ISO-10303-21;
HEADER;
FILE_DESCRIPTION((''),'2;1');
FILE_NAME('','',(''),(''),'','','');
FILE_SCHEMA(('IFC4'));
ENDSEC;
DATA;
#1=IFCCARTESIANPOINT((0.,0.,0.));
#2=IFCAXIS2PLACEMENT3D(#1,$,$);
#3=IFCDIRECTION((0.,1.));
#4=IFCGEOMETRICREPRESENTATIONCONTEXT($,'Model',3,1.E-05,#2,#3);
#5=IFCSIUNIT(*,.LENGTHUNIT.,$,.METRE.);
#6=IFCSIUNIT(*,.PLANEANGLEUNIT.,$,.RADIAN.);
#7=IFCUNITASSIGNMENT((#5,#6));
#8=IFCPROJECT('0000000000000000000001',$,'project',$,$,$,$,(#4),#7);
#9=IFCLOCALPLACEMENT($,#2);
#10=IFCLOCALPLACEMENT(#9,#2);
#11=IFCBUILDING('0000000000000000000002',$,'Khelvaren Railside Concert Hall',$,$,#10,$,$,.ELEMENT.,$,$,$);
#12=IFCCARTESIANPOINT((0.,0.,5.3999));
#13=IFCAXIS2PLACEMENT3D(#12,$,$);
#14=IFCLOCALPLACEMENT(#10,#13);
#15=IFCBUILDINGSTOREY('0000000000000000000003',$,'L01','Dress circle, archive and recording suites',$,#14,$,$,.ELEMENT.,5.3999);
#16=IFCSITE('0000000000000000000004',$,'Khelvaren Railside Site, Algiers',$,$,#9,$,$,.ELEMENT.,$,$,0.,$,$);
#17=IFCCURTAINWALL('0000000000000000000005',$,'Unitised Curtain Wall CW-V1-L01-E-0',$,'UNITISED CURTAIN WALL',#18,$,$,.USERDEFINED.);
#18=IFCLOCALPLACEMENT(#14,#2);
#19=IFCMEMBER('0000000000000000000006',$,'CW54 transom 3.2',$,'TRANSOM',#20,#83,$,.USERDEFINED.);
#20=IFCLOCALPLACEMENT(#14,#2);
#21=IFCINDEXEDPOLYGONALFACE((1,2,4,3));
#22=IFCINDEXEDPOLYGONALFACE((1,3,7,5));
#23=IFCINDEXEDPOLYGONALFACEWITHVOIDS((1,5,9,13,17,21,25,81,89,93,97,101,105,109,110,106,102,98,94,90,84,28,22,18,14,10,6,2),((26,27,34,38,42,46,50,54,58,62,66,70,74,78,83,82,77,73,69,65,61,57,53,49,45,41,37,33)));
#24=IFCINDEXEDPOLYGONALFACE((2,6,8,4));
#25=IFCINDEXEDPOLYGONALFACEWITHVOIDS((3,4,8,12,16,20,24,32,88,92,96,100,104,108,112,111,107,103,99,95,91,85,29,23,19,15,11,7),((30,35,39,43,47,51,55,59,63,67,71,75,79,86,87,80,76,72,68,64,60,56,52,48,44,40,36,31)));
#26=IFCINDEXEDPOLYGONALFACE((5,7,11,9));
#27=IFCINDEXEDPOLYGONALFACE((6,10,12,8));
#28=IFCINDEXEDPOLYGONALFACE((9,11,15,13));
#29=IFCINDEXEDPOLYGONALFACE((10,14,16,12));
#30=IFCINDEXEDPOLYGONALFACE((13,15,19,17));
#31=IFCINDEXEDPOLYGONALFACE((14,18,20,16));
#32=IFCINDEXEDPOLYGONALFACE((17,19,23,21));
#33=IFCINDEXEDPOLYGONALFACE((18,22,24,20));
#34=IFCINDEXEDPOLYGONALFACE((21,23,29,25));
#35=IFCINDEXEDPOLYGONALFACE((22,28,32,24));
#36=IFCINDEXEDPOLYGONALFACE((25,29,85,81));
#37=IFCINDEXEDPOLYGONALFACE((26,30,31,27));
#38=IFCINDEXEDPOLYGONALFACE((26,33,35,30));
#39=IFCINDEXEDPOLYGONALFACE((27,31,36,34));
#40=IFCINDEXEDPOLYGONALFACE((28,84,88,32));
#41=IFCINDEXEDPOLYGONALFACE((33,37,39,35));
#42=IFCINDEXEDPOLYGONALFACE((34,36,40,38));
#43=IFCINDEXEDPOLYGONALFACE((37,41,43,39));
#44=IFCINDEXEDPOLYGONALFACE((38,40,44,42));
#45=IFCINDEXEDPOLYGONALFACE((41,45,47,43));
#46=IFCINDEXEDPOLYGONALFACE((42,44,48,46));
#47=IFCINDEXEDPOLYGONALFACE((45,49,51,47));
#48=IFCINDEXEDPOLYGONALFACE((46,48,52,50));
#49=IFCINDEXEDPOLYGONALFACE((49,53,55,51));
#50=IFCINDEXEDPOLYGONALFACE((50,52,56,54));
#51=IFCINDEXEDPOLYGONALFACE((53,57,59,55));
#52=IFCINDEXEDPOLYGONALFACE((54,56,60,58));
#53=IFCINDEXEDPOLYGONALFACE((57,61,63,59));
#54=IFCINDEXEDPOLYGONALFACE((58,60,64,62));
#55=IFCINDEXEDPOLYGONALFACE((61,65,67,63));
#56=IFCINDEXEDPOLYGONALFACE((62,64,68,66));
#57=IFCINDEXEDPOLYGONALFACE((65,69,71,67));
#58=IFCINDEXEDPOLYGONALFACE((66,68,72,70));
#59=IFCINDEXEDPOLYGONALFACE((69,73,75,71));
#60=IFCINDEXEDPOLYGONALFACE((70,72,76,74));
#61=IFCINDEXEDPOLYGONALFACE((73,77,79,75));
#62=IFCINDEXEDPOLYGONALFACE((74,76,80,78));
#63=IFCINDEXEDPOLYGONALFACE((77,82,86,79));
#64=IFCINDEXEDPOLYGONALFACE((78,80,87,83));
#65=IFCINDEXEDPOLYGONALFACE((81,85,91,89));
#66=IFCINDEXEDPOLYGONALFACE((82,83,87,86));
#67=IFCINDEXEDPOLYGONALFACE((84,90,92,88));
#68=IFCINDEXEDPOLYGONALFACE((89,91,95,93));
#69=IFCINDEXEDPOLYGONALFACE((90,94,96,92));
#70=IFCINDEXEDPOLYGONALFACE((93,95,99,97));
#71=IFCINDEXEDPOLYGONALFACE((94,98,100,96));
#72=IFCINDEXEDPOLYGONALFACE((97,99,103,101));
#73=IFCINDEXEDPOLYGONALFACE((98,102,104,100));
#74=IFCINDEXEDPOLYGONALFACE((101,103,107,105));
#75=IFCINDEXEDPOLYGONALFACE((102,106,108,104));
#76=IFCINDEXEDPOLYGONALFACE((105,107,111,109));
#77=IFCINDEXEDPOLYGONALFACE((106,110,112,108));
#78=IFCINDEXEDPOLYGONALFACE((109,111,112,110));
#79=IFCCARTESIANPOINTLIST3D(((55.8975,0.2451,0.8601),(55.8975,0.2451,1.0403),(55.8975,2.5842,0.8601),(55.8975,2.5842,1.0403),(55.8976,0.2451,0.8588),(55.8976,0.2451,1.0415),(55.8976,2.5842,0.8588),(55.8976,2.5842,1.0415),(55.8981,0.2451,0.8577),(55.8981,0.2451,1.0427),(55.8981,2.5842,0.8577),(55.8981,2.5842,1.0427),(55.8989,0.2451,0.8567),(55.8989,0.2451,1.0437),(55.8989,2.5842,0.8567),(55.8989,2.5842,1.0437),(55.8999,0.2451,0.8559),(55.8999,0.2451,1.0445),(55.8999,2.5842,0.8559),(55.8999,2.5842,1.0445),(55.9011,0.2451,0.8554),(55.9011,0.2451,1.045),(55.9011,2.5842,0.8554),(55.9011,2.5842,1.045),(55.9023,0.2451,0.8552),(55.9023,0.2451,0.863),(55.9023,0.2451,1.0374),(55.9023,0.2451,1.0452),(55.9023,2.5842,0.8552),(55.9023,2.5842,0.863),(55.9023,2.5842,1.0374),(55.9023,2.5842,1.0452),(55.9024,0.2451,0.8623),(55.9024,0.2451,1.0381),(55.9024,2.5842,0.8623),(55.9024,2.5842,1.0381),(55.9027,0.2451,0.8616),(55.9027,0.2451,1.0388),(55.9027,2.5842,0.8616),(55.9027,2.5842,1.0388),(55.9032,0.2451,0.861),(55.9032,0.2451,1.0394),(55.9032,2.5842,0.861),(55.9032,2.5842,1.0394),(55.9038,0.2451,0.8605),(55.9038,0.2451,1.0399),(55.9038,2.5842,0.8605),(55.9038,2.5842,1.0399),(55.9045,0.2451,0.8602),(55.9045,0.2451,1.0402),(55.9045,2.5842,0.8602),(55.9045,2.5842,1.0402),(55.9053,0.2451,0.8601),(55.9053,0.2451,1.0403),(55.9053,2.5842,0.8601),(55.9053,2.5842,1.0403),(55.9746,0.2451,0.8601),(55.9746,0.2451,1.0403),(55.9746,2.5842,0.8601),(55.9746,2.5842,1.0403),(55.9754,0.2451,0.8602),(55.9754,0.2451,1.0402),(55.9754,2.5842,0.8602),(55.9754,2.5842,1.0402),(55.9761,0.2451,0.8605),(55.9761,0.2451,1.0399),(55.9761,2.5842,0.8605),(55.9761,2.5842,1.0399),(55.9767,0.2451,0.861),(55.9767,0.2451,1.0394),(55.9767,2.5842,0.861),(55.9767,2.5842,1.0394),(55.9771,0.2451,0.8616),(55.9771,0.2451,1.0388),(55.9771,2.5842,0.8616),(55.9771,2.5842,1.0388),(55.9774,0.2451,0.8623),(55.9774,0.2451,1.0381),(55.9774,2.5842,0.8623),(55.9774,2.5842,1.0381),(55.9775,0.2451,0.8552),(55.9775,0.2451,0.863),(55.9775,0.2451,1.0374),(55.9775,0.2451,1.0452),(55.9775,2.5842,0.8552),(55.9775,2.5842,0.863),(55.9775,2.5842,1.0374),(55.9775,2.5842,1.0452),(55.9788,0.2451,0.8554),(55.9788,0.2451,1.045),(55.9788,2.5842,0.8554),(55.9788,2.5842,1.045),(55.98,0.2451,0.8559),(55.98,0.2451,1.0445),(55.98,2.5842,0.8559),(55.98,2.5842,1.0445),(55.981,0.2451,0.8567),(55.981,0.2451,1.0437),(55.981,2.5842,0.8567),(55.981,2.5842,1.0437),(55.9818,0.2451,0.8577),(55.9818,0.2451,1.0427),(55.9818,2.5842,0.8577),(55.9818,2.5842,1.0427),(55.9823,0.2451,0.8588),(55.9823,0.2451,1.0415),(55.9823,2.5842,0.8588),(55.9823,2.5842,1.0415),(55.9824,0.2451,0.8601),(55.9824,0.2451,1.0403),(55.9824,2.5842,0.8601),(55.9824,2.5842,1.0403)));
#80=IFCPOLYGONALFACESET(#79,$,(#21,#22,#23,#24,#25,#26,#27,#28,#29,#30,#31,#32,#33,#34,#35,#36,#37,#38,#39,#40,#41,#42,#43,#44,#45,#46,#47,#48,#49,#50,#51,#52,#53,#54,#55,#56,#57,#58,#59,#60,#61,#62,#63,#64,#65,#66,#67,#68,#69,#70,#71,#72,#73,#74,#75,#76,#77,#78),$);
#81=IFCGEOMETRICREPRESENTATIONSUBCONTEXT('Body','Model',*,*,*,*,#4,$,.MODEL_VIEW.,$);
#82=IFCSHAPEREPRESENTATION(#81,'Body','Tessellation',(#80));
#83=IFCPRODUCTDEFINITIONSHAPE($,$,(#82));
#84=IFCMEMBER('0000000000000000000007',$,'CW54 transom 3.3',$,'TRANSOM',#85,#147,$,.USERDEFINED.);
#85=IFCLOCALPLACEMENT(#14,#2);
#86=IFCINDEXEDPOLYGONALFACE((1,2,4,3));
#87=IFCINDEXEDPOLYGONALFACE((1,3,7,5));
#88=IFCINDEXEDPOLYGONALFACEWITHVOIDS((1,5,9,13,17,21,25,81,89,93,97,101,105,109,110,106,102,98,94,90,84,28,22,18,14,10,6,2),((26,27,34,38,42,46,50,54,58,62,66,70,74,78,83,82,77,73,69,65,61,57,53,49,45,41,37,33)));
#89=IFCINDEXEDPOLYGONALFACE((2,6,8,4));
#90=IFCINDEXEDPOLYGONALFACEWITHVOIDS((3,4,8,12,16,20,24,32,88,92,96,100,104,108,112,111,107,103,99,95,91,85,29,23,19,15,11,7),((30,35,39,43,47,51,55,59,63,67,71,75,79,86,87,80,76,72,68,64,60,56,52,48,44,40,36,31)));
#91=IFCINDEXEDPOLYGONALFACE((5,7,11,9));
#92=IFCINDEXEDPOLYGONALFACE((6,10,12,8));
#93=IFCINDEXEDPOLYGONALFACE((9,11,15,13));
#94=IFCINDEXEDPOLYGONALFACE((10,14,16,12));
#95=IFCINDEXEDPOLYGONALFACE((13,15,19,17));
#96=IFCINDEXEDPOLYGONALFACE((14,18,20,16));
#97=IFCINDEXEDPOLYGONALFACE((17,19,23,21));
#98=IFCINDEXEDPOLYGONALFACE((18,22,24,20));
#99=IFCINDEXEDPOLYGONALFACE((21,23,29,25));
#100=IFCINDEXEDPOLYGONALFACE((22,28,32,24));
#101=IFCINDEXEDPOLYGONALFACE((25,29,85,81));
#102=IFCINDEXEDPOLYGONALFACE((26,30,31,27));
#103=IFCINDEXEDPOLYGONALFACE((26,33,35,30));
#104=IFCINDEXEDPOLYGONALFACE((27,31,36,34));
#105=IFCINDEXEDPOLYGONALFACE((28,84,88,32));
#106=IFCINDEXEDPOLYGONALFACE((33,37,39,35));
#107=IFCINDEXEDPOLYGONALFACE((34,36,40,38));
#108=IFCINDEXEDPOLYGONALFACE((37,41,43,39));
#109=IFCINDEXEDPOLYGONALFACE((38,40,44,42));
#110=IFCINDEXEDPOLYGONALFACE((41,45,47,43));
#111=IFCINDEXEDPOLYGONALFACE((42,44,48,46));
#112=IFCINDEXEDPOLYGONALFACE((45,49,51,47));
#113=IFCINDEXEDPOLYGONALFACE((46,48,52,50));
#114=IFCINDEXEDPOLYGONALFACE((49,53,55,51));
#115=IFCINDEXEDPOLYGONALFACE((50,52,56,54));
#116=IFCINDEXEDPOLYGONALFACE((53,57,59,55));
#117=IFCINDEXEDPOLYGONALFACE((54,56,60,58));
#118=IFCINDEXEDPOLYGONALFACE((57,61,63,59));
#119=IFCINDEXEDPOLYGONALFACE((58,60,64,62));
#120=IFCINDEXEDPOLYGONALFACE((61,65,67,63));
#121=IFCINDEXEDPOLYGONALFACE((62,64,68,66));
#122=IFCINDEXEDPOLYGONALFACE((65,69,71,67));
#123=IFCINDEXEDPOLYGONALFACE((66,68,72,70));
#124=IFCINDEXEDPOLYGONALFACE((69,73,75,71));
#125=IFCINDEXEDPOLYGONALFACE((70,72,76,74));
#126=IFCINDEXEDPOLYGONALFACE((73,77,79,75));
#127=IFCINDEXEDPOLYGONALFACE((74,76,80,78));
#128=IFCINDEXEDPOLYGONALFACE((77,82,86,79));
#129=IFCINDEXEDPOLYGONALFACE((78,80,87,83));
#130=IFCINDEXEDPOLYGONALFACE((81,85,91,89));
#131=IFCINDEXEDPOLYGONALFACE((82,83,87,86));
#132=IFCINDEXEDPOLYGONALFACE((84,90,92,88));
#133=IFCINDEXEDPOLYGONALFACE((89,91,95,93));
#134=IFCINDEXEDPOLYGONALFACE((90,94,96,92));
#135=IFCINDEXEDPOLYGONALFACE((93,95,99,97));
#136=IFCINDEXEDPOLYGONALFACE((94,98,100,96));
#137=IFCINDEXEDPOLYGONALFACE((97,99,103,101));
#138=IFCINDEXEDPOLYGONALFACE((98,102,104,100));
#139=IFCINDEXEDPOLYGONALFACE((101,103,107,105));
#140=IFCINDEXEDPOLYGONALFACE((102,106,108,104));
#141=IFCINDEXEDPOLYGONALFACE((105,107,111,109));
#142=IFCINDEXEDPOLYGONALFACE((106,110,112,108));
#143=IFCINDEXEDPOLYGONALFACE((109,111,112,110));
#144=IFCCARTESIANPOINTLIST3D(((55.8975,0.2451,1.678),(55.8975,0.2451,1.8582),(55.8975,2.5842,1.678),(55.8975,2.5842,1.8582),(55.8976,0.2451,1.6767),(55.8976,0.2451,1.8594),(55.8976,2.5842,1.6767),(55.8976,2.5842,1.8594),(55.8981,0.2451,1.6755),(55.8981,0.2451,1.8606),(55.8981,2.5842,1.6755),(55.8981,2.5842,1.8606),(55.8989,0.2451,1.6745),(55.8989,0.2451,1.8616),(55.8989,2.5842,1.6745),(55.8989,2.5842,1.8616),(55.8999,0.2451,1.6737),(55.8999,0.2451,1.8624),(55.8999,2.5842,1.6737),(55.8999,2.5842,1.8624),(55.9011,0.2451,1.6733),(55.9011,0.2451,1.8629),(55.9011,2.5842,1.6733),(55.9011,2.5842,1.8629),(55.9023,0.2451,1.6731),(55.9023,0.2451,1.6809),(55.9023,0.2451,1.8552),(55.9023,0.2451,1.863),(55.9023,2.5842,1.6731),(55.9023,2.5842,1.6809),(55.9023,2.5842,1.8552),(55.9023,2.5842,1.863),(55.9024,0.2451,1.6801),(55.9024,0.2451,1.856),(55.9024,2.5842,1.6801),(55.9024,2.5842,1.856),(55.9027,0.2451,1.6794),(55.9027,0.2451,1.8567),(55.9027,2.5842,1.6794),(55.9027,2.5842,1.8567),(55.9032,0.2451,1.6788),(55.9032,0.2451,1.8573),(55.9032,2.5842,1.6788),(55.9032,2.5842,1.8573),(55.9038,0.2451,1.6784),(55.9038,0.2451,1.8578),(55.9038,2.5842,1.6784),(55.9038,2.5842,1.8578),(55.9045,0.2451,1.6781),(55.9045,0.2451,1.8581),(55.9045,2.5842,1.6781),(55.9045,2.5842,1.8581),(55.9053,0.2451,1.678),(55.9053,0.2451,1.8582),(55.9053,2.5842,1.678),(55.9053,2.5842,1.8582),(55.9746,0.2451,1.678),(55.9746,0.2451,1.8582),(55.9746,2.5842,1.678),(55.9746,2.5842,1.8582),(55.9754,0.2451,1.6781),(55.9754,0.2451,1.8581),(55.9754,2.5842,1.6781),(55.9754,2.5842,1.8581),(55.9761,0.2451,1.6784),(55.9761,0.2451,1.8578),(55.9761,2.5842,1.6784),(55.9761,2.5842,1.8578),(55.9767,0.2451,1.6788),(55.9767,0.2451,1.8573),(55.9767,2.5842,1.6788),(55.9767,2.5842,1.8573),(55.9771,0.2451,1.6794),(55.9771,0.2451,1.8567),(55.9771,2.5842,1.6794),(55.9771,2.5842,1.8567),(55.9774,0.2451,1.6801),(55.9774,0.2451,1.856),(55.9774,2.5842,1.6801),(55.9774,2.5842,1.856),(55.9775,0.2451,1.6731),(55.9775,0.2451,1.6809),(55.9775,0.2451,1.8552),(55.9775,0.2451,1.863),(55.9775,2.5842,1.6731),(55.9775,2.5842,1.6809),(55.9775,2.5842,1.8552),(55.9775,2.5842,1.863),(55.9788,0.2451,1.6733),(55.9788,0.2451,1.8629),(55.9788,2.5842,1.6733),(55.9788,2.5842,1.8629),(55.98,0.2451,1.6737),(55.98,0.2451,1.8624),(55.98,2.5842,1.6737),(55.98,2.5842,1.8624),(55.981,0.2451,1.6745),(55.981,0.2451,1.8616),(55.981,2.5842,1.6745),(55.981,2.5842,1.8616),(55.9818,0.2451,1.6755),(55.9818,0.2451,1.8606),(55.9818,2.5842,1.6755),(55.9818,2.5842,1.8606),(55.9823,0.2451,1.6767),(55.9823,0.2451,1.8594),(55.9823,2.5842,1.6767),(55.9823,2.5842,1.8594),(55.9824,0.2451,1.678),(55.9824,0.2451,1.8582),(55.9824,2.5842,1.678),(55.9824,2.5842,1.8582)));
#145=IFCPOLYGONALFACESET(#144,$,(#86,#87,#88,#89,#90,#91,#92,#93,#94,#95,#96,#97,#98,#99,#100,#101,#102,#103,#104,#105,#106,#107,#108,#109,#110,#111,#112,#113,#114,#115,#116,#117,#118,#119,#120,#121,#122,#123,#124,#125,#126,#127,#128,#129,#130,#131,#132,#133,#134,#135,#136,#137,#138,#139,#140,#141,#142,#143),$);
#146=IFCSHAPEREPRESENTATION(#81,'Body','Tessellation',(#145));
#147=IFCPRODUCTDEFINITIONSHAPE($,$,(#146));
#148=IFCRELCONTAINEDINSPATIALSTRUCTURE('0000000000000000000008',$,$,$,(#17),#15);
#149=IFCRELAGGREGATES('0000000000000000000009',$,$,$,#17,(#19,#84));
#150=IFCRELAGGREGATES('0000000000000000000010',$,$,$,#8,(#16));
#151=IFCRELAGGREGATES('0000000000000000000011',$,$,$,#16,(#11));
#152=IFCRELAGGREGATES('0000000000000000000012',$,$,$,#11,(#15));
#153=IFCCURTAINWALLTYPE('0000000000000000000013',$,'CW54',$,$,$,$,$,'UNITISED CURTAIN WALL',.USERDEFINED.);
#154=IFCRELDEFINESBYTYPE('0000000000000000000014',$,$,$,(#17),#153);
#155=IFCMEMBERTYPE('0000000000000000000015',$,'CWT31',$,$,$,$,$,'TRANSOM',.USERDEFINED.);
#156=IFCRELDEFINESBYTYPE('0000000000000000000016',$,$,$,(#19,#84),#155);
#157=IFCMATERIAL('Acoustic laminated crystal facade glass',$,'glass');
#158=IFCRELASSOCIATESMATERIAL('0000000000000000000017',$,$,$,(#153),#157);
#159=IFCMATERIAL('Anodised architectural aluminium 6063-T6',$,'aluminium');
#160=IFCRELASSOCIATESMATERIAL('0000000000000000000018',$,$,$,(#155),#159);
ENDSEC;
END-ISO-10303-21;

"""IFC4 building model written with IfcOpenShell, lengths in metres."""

from ifc_helpers import new_model, si_unit, direction, frame, origin, origin_2d, place, context, subcontext, project, spatial, hollow_rectangle, extrude, material, material_profile, profile_set, type_object, element, aggregate, save


model = new_model("IFC4")

# Units and contexts
model_context = context("Model", 3, precision=1e-05, world=origin(), true_north=direction((0.0, 1.0)))
body_context = subcontext(model_context, "Body", "Model", "MODEL_VIEW")
ifc_project = project(units=[si_unit("LENGTHUNIT", "METRE"), si_unit("PLANEANGLEUNIT", "RADIAN")], contexts=[model_context])

# Site, building, storey
site_placement = place(None, origin())
site = spatial("IfcSite", under=ifc_project, at=site_placement, Name="Khelvaren Railside Site, Algiers", CompositionType="ELEMENT", RefElevation=0.0)
building_placement = place(site_placement, origin())
building = spatial("IfcBuilding", under=site, at=building_placement, Name="Khelvaren Railside Concert Hall", CompositionType="ELEMENT")
storey_placement = place(building_placement, frame((0.0, 0.0, 5.3999)))
storey = spatial("IfcBuildingStorey", under=building, at=storey_placement, Name="L01", Description="Dress circle, archive and recording suites", CompositionType="ELEMENT", Elevation=5.3999)

# Curtain wall, members
ifc_material_1 = material(Name="Acoustic laminated crystal facade glass", Category="glass")
curtain_wall_type = type_object("IfcCurtainWallType", Name="CW54", ElementType="UNITISED CURTAIN WALL", PredefinedType="USERDEFINED", material=ifc_material_1)
curtain_wall_placement = place(storey_placement, origin())
curtain_wall = element("IfcCurtainWall", 1, at=curtain_wall_placement, inside=storey, type_object=curtain_wall_type, Name="Unitised Curtain Wall CW-V1-L01-E-0", ObjectType="UNITISED CURTAIN WALL", PredefinedType="USERDEFINED")
ifc_material_2 = material(Name="Anodised architectural aluminium 6063-T6", Category="aluminium")
ifc_material_profile_1 = material_profile(ifc_material_2, hollow_rectangle(XDim=0.085, YDim=0.1899, WallThickness=0.0049, InnerFilletRadius=0.0029, OuterFilletRadius=0.0049, at=origin_2d()), Name="CWT 85x190x5")
ifc_profile_set_1 = profile_set([ifc_material_profile_1], Name="Anodised architectural aluminium 6063-T6")
member_type_1 = type_object("IfcMemberType", Name="CWT31", ElementType="TRANSOM", PredefinedType="USERDEFINED", material=ifc_profile_set_1)
member_1_placement = place(storey_placement, frame((55.9399, 2.5842, 0.9502), z_axis=(0.0, -1.0, 0.0), x_axis=(1.0, 0.0, 0.0)))
member_1 = element("IfcMember", 2, at=member_1_placement, type_object=member_type_1, Name="CW54 transom 3.2", ObjectType="TRANSOM", PredefinedType="USERDEFINED", context=body_context, shape_type="SweptSolid", body=[
    extrude(hollow_rectangle(XDim=0.085, YDim=0.1899, WallThickness=0.0049, InnerFilletRadius=0.0029, OuterFilletRadius=0.0049, at=origin_2d()), origin(), (0.0, 0.0, 1.0), 2.3391),
])
member_2_placement = place(storey_placement, frame((55.9399, 2.5842, 1.7681), z_axis=(0.0, -1.0, 0.0), x_axis=(1.0, 0.0, 0.0)))
member_2 = element("IfcMember", 3, at=member_2_placement, type_object=member_type_1, Name="CW54 transom 3.3", ObjectType="TRANSOM", PredefinedType="USERDEFINED", context=body_context, shape_type="SweptSolid", body=[
    extrude(hollow_rectangle(XDim=0.085, YDim=0.1899, WallThickness=0.0049, InnerFilletRadius=0.0029, OuterFilletRadius=0.0049, at=origin_2d()), origin(), (0.0, 0.0, 1.0), 2.3391),
])

aggregate(curtain_wall, [member_1, member_2])

save(model, "model.ifc")
